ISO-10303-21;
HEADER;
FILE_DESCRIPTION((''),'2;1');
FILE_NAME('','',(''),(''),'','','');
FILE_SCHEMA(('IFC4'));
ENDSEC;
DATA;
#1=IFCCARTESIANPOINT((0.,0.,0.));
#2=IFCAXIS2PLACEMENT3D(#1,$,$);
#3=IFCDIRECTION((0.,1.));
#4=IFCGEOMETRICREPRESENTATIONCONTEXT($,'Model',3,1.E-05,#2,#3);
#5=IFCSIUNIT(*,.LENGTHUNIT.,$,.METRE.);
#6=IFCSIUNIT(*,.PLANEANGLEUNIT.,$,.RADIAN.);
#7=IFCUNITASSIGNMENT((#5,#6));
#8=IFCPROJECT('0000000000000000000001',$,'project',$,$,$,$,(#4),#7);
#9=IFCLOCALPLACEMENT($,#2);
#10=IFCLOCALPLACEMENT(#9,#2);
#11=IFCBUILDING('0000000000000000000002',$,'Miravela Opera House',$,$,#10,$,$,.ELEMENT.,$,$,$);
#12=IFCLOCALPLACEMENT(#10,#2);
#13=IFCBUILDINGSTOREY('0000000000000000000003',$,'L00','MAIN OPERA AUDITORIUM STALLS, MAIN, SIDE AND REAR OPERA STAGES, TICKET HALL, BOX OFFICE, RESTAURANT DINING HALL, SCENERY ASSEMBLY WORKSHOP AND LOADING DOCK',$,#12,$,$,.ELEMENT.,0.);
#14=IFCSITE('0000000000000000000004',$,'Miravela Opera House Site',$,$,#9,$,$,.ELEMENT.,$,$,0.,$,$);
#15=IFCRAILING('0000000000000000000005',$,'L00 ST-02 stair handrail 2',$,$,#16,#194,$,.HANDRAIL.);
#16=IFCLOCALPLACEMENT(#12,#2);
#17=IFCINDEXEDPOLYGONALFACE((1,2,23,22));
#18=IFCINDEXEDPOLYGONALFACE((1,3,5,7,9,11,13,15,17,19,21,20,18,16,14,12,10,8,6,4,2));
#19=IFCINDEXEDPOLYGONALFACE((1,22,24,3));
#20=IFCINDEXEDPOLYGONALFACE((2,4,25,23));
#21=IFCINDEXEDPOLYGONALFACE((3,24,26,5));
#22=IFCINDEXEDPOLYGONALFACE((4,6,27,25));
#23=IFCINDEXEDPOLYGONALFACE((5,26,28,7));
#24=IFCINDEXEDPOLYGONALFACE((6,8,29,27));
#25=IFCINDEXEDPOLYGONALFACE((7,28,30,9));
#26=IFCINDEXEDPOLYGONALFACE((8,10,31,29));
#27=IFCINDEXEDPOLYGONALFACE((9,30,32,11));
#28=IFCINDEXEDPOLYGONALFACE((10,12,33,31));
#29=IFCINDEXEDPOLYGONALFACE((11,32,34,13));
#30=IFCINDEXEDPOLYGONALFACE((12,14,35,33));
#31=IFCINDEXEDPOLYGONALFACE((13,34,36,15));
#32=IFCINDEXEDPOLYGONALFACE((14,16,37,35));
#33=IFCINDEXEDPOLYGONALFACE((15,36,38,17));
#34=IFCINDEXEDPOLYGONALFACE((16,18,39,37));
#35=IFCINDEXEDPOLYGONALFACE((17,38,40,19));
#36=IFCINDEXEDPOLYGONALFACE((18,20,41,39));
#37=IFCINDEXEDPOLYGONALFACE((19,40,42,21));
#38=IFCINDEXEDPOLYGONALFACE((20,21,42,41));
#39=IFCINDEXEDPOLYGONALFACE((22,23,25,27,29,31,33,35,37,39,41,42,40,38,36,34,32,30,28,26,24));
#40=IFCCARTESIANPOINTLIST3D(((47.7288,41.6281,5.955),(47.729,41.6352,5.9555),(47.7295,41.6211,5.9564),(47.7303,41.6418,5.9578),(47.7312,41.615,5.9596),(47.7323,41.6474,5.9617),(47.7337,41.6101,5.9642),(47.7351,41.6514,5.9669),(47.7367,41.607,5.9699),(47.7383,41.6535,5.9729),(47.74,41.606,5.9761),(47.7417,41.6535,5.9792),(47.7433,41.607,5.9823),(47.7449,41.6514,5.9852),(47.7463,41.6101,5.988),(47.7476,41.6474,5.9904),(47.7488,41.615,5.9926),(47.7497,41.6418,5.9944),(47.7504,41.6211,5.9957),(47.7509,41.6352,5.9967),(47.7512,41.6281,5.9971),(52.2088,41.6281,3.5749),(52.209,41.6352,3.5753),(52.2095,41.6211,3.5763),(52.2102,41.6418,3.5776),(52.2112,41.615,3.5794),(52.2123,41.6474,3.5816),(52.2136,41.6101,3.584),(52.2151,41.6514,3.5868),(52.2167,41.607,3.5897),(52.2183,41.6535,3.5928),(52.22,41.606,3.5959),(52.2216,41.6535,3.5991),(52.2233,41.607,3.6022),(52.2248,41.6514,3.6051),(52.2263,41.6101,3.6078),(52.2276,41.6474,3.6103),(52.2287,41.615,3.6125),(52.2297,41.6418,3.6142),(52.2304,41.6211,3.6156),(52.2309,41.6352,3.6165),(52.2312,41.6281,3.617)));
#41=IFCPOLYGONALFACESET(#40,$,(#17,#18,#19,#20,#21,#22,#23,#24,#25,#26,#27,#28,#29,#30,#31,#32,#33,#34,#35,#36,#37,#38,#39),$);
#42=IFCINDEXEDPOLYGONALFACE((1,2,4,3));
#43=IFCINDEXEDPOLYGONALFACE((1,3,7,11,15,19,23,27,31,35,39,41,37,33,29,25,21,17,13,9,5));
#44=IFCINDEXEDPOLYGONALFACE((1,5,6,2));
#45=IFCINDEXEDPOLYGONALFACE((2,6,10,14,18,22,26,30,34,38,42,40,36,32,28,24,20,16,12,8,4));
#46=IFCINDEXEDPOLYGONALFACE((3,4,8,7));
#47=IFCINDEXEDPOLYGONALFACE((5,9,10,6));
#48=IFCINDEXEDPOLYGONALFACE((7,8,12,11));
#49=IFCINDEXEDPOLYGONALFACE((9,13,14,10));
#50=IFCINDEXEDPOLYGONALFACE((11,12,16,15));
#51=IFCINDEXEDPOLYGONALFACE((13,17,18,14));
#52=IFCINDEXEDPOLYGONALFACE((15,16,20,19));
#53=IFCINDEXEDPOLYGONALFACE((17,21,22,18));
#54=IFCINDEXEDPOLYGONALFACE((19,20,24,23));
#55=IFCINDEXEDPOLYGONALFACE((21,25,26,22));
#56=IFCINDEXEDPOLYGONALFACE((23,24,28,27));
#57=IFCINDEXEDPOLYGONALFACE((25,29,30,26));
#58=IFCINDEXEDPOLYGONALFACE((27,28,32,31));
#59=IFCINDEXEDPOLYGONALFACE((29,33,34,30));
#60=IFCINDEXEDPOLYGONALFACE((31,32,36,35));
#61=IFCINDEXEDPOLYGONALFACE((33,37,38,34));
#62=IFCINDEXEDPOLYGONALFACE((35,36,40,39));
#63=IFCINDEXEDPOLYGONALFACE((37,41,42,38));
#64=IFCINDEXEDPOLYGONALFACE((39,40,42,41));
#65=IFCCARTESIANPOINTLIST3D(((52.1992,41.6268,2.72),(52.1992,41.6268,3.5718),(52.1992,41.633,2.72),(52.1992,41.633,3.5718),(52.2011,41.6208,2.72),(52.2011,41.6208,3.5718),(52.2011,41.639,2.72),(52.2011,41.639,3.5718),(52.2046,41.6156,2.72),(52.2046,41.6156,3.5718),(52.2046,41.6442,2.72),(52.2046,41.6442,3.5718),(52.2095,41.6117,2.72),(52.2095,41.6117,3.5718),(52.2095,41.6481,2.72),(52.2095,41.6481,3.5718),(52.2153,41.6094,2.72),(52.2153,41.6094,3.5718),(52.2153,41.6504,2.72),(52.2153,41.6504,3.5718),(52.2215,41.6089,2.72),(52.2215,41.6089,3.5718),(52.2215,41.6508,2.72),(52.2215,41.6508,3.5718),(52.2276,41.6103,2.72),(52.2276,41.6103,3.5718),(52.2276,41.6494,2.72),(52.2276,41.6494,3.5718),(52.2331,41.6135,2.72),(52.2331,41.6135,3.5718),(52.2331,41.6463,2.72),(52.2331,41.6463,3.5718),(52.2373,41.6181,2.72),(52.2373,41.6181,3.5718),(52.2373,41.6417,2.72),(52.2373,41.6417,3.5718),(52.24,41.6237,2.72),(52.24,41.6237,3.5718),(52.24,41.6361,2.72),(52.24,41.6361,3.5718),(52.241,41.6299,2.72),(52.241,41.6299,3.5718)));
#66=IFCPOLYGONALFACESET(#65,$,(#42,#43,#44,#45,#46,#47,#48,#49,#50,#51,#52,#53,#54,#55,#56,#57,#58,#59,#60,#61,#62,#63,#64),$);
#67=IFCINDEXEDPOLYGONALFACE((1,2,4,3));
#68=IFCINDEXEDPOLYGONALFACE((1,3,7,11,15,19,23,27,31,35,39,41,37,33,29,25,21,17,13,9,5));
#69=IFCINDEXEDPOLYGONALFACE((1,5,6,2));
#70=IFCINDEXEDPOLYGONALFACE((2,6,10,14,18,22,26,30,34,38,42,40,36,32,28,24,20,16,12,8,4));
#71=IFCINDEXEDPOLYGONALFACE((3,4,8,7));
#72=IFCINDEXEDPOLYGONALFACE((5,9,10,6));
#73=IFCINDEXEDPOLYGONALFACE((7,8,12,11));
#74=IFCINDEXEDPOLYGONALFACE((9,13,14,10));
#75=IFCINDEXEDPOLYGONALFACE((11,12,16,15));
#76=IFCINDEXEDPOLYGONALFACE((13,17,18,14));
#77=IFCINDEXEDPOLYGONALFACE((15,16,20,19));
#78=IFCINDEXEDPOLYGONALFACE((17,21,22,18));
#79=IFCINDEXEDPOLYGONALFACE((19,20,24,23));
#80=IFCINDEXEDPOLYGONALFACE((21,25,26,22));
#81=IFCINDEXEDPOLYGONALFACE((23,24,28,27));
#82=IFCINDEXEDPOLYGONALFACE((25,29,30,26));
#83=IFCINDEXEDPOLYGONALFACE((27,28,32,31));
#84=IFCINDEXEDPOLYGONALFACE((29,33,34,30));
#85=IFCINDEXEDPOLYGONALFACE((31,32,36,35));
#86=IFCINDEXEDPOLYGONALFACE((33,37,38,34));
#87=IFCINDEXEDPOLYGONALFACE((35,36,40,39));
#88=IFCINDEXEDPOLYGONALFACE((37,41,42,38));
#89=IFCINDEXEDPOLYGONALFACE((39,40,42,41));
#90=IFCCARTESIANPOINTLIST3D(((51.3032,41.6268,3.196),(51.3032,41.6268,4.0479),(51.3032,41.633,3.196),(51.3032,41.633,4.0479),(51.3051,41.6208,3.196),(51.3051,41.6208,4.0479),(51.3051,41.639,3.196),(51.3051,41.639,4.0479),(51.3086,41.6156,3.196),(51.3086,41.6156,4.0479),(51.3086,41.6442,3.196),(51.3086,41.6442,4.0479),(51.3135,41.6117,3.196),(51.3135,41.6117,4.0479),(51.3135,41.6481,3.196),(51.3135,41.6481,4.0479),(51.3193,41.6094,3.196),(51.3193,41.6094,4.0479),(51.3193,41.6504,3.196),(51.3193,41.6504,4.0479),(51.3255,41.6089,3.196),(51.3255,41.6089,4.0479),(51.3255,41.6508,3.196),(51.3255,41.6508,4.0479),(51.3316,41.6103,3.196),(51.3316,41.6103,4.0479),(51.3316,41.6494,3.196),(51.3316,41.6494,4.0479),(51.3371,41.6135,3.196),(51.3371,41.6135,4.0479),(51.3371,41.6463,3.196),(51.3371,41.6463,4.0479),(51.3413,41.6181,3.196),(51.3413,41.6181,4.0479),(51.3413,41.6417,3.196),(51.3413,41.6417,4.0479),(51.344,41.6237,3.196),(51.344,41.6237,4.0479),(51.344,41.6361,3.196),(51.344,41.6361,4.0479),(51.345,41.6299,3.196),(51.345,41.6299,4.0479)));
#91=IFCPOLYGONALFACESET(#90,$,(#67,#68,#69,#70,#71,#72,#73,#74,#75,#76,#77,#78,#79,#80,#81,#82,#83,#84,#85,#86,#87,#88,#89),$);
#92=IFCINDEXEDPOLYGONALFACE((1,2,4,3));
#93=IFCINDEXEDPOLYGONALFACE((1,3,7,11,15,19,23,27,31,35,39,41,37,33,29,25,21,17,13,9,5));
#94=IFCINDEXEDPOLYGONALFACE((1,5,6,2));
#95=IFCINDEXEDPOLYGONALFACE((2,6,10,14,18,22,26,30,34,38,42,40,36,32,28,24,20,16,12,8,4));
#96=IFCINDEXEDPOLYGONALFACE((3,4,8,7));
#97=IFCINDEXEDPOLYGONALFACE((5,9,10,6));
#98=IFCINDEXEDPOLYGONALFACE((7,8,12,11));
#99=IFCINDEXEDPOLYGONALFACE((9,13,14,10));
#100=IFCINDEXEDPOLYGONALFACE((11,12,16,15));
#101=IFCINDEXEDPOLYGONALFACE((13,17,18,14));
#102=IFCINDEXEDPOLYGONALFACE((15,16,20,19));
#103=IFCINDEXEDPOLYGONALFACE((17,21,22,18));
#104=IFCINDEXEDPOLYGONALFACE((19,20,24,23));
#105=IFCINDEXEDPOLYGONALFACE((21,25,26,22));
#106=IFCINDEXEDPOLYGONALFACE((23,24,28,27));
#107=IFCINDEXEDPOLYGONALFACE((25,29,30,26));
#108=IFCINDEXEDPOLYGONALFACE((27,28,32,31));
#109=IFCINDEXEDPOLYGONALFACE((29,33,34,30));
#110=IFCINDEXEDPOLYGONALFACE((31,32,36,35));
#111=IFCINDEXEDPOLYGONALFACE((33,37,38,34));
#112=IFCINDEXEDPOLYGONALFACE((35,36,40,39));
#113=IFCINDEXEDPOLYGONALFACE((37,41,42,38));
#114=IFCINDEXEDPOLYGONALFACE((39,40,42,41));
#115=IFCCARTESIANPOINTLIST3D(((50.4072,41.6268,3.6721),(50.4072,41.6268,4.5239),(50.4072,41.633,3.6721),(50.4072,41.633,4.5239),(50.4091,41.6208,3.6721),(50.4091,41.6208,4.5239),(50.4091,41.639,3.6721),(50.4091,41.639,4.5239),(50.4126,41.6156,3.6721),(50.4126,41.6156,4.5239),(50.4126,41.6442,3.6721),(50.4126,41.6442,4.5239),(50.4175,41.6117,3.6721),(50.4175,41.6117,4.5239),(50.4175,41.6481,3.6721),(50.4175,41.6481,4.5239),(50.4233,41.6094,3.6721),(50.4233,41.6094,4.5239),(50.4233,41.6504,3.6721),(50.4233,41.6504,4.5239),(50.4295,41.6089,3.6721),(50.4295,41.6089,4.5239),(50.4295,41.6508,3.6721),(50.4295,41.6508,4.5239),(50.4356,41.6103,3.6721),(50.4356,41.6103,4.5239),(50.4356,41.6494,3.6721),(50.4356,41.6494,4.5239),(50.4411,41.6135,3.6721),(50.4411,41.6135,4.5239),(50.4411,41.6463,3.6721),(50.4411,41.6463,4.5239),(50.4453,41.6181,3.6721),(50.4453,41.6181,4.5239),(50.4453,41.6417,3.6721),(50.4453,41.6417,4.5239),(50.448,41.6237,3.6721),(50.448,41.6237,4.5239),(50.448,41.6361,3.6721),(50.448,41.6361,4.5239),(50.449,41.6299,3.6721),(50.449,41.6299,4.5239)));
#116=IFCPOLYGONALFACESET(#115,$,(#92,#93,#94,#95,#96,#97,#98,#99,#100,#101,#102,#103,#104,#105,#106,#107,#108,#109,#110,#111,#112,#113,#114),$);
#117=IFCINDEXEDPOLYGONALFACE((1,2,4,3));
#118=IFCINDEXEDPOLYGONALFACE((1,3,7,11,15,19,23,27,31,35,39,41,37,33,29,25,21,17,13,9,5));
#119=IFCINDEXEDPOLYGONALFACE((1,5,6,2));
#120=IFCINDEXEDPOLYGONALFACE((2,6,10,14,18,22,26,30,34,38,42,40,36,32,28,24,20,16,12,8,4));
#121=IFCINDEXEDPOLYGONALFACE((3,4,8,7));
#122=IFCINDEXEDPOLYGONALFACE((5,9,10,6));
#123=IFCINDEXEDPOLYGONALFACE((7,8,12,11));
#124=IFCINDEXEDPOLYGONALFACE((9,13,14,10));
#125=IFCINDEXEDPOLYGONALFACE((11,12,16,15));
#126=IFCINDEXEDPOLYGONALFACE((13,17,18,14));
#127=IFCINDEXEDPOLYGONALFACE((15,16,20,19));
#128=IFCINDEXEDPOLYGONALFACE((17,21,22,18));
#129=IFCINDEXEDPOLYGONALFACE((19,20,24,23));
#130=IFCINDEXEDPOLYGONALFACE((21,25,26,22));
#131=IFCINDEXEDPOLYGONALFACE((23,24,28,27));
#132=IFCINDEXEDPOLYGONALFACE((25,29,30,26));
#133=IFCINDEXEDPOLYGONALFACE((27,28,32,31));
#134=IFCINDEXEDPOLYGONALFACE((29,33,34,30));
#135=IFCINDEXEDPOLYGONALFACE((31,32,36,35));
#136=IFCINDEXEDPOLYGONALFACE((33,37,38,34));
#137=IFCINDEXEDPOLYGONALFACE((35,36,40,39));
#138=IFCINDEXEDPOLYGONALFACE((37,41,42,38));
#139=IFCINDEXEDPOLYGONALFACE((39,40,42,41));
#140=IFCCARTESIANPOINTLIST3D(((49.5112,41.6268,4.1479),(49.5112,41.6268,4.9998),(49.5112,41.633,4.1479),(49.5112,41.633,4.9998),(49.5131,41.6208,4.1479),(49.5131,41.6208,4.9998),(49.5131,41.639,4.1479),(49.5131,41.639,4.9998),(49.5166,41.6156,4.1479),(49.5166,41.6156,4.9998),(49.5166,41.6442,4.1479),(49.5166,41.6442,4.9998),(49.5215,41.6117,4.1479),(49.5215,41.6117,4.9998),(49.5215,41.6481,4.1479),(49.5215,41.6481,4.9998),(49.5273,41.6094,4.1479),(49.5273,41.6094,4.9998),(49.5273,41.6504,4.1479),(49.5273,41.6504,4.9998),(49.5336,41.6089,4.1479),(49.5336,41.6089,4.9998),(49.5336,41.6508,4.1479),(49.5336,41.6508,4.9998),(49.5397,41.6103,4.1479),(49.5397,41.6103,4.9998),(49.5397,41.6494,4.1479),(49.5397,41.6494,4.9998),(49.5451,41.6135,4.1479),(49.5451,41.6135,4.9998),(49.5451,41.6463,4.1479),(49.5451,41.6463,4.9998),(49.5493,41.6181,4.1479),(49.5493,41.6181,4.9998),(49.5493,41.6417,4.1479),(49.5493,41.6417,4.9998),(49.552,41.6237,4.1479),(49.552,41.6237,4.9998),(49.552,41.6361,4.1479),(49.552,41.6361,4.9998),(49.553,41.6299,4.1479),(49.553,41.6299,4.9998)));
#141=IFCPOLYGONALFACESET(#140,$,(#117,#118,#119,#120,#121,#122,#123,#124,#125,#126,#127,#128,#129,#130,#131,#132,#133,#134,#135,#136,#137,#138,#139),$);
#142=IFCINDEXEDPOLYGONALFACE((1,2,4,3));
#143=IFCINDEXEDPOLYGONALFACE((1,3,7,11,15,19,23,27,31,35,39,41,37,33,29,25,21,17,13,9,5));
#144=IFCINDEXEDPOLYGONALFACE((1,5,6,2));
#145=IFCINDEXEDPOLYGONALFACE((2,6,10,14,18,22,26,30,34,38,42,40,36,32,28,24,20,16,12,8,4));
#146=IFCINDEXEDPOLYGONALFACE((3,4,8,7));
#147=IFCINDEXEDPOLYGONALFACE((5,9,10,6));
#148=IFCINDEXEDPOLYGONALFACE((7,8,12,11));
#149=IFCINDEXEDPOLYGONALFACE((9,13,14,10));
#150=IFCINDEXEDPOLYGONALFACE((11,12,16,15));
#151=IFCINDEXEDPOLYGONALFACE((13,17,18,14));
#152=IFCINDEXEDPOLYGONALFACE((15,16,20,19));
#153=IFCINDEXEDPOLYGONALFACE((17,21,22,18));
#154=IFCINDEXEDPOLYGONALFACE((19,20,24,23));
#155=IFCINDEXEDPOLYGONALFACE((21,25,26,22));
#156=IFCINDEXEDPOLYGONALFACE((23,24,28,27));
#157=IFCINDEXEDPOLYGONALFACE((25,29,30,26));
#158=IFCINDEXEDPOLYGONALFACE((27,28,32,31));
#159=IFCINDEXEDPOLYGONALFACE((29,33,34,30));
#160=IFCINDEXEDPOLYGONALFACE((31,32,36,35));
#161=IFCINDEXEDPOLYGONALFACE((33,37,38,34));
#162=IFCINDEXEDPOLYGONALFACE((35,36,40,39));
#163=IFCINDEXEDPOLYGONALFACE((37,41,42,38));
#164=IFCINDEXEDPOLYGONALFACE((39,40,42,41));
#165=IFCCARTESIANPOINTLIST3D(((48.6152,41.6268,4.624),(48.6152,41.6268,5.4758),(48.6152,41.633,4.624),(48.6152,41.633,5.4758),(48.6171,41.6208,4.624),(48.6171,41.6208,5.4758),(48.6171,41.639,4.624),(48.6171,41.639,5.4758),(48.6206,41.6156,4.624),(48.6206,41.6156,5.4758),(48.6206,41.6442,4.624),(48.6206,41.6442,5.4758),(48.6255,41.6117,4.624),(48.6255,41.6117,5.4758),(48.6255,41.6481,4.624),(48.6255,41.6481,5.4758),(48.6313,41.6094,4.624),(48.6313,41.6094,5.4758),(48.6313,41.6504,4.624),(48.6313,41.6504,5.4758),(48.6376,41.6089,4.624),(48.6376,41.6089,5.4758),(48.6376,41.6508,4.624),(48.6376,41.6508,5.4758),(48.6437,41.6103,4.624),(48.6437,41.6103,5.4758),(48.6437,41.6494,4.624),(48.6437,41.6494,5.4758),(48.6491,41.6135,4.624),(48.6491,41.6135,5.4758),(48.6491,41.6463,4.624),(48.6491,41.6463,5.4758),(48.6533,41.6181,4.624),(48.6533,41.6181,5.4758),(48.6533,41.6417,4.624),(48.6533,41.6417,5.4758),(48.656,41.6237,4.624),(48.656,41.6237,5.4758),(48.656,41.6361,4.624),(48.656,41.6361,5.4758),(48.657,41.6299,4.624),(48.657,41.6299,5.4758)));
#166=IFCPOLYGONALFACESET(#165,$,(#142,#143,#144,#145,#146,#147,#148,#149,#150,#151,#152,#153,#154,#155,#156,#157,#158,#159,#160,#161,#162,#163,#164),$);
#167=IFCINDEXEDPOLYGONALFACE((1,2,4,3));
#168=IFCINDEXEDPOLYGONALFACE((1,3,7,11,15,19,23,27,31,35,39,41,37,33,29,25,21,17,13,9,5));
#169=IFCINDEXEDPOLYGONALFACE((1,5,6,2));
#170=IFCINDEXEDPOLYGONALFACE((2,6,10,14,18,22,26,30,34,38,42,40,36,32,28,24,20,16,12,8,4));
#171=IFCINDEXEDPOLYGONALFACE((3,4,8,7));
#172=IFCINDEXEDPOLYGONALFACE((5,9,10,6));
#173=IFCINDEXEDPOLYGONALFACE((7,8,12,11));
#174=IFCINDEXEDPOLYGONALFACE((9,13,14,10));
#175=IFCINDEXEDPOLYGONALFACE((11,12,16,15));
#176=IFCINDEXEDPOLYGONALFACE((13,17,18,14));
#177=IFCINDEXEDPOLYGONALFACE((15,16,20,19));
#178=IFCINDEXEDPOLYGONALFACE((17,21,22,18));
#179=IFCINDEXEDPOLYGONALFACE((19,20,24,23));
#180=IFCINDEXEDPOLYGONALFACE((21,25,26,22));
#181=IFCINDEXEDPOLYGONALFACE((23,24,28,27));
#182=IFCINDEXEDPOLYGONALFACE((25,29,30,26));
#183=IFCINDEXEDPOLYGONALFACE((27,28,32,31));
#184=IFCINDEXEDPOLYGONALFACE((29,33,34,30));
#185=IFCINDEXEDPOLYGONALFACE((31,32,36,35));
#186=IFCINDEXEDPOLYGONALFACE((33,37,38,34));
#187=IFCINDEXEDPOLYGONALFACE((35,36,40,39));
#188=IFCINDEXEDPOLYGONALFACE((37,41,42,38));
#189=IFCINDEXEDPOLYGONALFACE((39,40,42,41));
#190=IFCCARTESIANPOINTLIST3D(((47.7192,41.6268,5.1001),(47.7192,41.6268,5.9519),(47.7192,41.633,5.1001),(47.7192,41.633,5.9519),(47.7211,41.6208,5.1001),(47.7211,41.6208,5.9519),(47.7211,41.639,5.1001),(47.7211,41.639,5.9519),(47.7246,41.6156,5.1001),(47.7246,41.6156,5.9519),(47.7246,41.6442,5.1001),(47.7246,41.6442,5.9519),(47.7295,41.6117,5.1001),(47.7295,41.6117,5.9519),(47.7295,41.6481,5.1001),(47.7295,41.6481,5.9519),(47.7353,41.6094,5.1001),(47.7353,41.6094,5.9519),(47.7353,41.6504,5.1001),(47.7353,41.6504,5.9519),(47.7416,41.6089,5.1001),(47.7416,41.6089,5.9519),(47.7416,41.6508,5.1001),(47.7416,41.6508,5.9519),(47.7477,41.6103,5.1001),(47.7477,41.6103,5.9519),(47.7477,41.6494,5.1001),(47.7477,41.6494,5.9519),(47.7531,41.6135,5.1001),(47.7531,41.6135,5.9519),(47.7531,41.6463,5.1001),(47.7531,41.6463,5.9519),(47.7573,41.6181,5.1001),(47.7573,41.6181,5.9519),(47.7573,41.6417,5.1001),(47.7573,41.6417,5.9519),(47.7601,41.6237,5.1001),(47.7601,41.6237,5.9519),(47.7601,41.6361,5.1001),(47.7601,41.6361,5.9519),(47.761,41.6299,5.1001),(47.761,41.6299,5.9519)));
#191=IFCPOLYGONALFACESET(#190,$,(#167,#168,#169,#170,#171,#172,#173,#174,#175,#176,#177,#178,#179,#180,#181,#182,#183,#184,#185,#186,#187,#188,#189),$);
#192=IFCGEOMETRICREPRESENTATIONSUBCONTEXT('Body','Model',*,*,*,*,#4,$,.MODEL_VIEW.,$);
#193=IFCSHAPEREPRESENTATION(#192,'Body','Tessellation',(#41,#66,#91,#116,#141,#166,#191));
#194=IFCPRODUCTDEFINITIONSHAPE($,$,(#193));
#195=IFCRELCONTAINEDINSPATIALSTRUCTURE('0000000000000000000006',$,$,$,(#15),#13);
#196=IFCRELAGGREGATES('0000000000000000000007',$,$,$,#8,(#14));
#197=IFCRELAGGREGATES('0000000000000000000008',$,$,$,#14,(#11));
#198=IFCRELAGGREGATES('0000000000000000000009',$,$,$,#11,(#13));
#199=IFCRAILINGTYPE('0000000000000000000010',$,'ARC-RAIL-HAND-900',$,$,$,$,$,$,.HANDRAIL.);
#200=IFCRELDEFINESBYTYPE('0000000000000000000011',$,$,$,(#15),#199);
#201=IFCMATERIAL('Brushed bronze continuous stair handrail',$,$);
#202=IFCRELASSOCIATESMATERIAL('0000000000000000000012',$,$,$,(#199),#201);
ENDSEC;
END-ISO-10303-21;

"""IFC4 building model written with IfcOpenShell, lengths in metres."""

from ifc_helpers import new_model, si_unit, direction, frame, origin, origin_2d, place, context, subcontext, project, spatial, circle, extrude, material, type_object, element, save


model = new_model("IFC4")

# Units and contexts
model_context = context("Model", 3, precision=1e-05, world=origin(), true_north=direction((0.0, 1.0)))
body_context = subcontext(model_context, "Body", "Model", "MODEL_VIEW")
ifc_project = project(units=[si_unit("LENGTHUNIT", "METRE"), si_unit("PLANEANGLEUNIT", "RADIAN")], contexts=[model_context])

# Site, building, storey
site_placement = place(None, origin())
site = spatial("IfcSite", under=ifc_project, at=site_placement, Name="Miravela Opera House Site", CompositionType="ELEMENT", RefElevation=0.0)
building_placement = place(site_placement, origin())
building = spatial("IfcBuilding", under=site, at=building_placement, Name="Miravela Opera House", CompositionType="ELEMENT")
storey_placement = place(building_placement, origin())
storey = spatial("IfcBuildingStorey", under=building, at=storey_placement, Name="L00", Description="MAIN OPERA AUDITORIUM STALLS, MAIN, SIDE AND REAR OPERA STAGES, TICKET HALL, BOX OFFICE, RESTAURANT DINING HALL, SCENERY ASSEMBLY WORKSHOP AND LOADING DOCK", CompositionType="ELEMENT", Elevation=0.0)

# Railing
ifc_material_1 = material(Name="Brushed bronze continuous stair handrail")
railing_type_1 = type_object("IfcRailingType", Name="ARC-RAIL-HAND-900", PredefinedType="HANDRAIL", material=ifc_material_1)
railing_1_placement = place(storey_placement, frame((52.22, 41.6299, 2.72)))
element("IfcRailing", 1, at=railing_1_placement, inside=storey, type_object=railing_type_1, Name="L00 ST-02 stair handrail 2", PredefinedType="HANDRAIL", context=body_context, shape_type="SweptSolid", body=[
    extrude(circle(Radius=0.0239, at=origin_2d()), frame((0.0, 0.0, 0.876), z_axis=(-0.883105, 0.0, 0.469176), x_axis=(0.0, -1.0, 0.0)), (0.0, 0.0, 1.0), 5.073),
    extrude(circle(Radius=0.021, at=origin_2d()), origin(), (0.0, 0.0, 1.0), 0.8518),
    extrude(circle(Radius=0.021, at=origin_2d()), frame((-0.896, 0.0, 0.4761)), (0.0, 0.0, 1.0), 0.8518),
    extrude(circle(Radius=0.021, at=origin_2d()), frame((-1.792, 0.0, 0.9521)), (0.0, 0.0, 1.0), 0.8518),
    extrude(circle(Radius=0.021, at=origin_2d()), frame((-2.688, 0.0, 1.428)), (0.0, 0.0, 1.0), 0.8518),
    extrude(circle(Radius=0.021, at=origin_2d()), frame((-3.584, 0.0, 1.9041)), (0.0, 0.0, 1.0), 0.8518),
    extrude(circle(Radius=0.021, at=origin_2d()), frame((-4.48, 0.0, 2.3801)), (0.0, 0.0, 1.0), 0.8518),
])

save(model, "model.ifc")
